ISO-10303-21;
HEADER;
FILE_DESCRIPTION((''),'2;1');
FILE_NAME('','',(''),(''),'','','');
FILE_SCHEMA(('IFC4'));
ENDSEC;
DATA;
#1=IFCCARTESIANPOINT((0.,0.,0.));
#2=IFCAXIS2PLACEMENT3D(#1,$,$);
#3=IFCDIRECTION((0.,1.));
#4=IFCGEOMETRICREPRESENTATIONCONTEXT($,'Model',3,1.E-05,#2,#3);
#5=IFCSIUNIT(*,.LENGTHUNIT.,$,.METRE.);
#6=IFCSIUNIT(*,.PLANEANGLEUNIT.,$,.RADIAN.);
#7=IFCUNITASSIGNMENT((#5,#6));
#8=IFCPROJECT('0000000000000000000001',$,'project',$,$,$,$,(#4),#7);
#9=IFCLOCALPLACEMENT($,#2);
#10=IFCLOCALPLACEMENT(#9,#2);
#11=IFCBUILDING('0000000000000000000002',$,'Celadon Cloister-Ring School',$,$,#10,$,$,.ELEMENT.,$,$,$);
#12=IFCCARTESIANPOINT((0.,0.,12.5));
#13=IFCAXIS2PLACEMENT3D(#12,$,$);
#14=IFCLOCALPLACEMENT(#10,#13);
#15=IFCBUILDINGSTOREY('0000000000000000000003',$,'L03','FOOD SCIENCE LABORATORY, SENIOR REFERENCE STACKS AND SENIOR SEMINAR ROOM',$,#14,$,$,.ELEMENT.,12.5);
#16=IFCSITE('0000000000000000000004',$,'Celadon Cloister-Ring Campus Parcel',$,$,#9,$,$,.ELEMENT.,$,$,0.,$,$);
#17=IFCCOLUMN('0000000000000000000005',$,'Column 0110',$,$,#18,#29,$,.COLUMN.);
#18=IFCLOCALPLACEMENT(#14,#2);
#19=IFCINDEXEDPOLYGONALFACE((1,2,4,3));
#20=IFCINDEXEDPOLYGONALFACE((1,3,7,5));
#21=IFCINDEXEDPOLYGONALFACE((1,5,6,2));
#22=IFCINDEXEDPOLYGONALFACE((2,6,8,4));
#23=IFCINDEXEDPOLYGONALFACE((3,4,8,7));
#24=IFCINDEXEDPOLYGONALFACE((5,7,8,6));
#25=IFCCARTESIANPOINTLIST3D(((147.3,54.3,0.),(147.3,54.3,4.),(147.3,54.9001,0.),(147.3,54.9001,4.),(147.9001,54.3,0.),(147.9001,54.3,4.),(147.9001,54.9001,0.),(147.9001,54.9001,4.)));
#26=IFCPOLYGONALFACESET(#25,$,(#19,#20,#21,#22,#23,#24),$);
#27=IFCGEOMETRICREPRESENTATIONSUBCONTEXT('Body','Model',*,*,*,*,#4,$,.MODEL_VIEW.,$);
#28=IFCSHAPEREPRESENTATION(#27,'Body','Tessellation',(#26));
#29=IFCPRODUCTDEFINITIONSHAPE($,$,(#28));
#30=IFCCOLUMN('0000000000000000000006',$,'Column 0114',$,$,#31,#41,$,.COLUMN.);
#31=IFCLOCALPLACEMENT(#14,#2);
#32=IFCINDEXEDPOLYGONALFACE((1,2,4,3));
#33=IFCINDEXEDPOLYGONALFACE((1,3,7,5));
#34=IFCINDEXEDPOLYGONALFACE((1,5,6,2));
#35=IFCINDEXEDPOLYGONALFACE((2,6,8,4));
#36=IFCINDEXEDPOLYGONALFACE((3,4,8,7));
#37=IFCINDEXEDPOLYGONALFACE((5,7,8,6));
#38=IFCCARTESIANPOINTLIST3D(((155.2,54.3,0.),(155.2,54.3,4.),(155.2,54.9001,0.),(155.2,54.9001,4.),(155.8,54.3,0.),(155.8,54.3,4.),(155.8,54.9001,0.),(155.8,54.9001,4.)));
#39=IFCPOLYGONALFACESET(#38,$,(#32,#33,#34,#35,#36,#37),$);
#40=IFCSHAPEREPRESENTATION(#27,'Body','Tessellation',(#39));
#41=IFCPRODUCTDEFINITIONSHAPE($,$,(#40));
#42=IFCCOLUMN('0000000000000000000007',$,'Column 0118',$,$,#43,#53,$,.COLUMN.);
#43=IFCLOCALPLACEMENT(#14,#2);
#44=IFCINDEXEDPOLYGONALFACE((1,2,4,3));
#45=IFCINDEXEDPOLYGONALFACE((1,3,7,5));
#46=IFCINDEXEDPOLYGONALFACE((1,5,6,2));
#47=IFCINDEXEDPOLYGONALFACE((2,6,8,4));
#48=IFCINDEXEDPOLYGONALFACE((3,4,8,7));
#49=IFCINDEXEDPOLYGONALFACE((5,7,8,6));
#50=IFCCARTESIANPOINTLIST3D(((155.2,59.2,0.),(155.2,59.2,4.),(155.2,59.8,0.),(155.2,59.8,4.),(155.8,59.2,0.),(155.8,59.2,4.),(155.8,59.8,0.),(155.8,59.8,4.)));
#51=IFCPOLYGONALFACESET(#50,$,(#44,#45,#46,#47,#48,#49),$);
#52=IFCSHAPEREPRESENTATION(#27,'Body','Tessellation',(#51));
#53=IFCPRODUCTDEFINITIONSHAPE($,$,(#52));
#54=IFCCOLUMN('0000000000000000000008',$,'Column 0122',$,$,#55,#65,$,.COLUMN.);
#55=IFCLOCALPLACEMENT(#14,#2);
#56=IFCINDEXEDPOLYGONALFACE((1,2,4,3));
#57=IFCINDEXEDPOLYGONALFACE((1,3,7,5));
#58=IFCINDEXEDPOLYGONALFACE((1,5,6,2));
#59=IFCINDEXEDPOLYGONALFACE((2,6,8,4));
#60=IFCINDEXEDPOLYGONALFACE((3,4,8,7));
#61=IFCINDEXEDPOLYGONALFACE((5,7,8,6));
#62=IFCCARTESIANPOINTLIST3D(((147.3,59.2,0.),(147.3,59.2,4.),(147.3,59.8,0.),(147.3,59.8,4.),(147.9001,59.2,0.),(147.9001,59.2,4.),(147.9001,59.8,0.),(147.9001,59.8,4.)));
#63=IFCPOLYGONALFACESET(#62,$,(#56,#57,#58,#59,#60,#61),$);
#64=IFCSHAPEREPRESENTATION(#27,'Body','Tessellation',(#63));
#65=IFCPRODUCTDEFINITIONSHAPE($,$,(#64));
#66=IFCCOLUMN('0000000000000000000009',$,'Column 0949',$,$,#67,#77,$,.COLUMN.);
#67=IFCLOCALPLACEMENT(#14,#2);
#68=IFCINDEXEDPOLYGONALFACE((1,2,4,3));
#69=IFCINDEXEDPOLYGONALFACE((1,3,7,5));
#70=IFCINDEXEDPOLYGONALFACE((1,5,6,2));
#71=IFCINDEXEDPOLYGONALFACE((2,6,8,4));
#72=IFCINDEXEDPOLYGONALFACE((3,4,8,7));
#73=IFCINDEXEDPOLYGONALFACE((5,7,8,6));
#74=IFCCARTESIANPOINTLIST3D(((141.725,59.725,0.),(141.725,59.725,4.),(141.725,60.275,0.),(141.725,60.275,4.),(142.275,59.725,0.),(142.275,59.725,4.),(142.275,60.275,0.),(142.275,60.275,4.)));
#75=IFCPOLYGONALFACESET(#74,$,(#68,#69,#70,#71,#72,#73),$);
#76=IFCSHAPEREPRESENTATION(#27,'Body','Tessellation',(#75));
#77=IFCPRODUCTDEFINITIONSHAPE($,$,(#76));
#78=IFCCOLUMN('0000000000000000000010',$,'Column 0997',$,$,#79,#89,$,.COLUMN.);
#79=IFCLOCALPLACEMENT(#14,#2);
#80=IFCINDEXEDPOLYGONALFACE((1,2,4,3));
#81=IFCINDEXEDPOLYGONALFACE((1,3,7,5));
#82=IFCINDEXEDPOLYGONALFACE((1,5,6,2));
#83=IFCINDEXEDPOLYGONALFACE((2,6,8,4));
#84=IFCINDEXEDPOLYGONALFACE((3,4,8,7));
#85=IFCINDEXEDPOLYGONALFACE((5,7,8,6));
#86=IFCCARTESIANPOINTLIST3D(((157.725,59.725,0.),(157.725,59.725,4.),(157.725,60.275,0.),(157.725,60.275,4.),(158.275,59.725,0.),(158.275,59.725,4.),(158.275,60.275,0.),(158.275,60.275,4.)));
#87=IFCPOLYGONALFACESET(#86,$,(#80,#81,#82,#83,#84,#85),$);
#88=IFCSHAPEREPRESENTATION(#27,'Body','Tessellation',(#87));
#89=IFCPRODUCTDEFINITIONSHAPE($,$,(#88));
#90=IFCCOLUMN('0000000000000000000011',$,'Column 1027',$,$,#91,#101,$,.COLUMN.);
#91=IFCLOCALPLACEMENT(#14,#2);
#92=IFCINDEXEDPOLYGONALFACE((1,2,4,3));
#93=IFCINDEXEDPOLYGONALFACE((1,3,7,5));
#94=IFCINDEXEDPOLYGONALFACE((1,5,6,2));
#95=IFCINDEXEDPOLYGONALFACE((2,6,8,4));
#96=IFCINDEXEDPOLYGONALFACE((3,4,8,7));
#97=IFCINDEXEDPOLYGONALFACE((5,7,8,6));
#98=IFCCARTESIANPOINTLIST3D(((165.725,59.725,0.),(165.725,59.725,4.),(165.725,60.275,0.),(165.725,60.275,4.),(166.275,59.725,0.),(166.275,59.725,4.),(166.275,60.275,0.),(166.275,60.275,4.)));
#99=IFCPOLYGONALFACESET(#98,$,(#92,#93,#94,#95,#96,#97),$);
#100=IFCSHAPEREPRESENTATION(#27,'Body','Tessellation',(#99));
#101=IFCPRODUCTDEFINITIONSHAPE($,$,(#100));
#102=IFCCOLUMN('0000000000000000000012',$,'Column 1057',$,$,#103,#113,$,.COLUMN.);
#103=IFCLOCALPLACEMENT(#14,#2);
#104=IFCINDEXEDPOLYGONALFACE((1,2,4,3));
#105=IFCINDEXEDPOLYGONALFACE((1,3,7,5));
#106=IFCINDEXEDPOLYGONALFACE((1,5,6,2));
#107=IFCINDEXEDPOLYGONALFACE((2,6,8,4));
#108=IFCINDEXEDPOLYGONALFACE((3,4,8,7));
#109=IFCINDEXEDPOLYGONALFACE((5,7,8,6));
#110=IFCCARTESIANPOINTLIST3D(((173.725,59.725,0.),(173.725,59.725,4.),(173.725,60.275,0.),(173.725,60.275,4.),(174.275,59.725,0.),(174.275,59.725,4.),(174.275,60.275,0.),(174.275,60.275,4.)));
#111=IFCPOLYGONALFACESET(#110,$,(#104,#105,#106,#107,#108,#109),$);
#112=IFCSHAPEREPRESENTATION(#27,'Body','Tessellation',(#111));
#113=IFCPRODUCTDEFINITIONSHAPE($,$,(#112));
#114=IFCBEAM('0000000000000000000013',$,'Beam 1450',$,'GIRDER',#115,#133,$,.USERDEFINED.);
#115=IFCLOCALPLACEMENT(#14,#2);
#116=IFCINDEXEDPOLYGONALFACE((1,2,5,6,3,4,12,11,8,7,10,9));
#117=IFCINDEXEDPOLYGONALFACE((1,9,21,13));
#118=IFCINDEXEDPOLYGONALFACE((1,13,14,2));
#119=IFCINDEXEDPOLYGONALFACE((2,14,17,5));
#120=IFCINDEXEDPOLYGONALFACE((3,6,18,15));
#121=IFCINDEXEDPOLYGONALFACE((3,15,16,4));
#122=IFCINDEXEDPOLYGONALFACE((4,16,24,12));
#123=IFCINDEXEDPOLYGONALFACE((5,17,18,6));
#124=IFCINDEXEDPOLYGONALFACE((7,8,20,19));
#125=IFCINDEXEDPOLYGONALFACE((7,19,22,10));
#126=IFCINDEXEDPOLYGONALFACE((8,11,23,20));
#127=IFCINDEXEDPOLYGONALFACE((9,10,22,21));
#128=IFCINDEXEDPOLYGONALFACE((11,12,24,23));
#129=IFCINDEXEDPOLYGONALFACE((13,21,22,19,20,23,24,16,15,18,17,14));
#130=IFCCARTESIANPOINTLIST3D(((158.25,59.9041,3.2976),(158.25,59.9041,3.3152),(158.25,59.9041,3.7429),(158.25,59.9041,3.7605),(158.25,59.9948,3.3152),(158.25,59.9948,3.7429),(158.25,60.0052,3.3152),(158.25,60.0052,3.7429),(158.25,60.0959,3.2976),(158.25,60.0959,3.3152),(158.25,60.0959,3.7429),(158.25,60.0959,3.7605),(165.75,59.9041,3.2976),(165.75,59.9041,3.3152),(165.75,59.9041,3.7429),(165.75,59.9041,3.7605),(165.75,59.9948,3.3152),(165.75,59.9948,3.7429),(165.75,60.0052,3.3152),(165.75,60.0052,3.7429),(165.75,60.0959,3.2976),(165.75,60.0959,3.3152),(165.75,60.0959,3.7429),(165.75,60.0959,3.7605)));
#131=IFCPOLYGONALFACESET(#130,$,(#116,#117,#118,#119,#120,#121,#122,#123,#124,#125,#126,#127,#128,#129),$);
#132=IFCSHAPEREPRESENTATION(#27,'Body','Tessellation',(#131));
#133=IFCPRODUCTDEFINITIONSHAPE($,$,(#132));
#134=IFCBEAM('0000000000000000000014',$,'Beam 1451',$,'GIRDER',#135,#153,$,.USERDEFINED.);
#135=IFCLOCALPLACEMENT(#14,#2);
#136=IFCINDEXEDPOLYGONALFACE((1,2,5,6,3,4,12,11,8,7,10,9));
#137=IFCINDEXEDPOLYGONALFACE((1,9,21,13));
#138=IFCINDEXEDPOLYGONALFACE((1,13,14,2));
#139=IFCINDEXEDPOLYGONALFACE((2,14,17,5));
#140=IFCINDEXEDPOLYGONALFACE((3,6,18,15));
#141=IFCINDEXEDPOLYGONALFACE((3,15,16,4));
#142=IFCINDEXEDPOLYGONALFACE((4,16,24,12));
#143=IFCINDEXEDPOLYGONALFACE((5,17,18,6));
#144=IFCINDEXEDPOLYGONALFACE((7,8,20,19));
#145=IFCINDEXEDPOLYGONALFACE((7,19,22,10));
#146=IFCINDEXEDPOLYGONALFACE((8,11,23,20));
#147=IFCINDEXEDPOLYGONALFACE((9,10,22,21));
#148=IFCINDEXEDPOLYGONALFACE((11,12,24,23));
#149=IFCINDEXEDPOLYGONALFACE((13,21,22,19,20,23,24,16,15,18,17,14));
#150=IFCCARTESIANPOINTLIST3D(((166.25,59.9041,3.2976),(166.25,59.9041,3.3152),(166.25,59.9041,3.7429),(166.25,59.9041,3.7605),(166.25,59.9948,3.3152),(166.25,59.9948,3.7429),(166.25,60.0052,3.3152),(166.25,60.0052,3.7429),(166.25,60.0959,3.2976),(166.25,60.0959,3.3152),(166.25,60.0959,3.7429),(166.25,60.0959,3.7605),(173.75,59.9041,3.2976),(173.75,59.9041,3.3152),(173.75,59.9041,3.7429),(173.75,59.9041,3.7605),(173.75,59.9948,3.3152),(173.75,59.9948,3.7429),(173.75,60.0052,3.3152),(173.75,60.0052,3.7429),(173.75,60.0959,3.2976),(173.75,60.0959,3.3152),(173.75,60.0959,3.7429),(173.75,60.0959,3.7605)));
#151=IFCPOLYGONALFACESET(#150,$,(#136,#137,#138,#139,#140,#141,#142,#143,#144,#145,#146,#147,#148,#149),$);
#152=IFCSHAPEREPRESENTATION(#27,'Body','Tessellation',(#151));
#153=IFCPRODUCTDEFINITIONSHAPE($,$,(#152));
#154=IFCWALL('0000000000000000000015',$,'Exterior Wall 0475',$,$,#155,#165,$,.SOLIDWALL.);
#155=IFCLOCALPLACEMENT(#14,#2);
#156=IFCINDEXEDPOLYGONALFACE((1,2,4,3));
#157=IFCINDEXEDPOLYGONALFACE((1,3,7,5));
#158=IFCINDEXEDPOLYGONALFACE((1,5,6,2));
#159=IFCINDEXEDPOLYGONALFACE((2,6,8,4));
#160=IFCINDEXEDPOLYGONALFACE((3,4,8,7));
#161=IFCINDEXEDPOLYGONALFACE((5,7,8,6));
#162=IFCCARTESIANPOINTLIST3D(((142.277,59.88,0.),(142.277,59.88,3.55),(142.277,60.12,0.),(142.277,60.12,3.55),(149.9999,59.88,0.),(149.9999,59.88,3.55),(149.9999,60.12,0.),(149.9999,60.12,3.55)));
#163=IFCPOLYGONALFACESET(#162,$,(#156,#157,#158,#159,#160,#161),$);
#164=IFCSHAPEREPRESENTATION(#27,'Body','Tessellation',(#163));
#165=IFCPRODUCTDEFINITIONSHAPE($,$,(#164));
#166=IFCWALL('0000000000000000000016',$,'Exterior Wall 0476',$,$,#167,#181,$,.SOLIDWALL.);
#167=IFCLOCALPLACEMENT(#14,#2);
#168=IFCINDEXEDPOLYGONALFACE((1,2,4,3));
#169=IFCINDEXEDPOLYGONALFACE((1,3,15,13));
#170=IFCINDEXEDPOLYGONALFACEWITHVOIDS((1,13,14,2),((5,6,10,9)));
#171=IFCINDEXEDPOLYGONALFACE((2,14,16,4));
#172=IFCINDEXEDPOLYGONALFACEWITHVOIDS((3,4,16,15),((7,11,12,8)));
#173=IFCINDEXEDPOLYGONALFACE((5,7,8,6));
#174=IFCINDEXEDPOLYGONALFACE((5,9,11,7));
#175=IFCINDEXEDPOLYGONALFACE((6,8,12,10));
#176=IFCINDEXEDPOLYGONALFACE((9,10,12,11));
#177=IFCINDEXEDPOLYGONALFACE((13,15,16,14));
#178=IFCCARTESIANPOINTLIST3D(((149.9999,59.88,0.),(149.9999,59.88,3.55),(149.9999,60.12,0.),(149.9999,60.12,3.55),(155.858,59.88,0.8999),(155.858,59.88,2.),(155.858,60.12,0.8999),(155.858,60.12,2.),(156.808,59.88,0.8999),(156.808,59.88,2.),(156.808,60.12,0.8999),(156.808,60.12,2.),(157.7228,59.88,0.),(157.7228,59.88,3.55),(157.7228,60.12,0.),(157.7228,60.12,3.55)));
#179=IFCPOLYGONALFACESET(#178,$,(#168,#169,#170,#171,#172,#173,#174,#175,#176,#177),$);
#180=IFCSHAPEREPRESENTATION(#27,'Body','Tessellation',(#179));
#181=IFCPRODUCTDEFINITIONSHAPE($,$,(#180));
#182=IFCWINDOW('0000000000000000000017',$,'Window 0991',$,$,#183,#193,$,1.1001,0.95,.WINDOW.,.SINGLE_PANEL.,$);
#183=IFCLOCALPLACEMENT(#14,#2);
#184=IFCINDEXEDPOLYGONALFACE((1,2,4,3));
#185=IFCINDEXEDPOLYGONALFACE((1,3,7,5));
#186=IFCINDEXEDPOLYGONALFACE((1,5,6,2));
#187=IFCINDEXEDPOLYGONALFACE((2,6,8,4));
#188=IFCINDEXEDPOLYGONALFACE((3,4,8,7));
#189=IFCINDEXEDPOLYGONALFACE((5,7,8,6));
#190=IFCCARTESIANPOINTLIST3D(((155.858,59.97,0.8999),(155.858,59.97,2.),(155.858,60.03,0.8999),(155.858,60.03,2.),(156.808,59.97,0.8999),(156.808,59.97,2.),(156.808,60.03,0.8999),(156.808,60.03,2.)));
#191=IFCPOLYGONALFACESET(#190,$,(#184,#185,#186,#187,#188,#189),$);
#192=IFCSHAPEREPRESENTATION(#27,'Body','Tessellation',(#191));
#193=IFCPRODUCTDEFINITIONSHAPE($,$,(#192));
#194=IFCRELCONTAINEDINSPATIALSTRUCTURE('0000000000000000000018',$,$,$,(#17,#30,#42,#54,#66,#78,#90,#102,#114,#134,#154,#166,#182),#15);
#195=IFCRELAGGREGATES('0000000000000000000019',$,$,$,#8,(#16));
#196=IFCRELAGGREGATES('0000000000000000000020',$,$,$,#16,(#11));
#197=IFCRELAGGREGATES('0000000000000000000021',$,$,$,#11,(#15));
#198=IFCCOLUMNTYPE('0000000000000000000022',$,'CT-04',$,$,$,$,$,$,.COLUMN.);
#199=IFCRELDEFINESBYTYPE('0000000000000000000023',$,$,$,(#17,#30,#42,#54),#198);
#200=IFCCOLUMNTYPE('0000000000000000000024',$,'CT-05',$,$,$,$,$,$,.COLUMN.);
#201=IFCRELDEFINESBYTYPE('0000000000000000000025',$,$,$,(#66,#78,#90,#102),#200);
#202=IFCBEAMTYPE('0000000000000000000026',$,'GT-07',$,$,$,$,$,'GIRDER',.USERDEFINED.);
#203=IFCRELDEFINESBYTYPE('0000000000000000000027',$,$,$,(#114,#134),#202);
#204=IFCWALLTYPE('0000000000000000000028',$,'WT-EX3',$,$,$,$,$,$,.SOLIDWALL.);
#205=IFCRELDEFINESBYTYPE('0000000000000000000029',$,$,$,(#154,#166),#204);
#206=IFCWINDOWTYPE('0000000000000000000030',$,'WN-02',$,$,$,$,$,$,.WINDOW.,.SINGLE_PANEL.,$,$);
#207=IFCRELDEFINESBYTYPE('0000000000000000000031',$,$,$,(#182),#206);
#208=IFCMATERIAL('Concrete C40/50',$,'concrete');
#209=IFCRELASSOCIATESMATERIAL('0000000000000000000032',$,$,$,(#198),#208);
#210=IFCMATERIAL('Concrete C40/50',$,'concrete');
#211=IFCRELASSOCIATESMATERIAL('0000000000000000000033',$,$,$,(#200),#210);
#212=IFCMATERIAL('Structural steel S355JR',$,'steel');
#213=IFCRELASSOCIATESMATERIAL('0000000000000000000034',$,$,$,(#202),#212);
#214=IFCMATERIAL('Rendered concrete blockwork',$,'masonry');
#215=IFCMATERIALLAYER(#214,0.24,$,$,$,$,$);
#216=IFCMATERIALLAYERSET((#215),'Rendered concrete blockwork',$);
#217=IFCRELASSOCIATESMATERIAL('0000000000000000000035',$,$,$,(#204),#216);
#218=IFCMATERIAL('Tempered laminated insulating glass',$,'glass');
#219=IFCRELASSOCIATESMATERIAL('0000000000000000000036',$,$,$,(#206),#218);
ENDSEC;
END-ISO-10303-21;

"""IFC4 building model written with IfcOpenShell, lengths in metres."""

from ifc_helpers import new_model, si_unit, direction, frame, frame_2d, origin, origin_2d, place, context, subcontext, project, spatial, rectangle, i_section, extrude, material, layer, layer_set, material_profile, profile_set, type_object, element, fill, save


model = new_model("IFC4")

# Units and contexts
model_context = context("Model", 3, precision=1e-05, world=origin(), true_north=direction((0.0, 1.0)))
body_context = subcontext(model_context, "Body", "Model", "MODEL_VIEW")
ifc_project = project(units=[si_unit("LENGTHUNIT", "METRE"), si_unit("PLANEANGLEUNIT", "RADIAN")], contexts=[model_context])

# Site, building, storey
site_placement = place(None, origin())
site = spatial("IfcSite", under=ifc_project, at=site_placement, Name="Celadon Cloister-Ring Campus Parcel", CompositionType="ELEMENT", RefElevation=0.0)
building_placement = place(site_placement, origin())
building = spatial("IfcBuilding", under=site, at=building_placement, Name="Celadon Cloister-Ring School", CompositionType="ELEMENT")
storey_placement = place(building_placement, frame((0.0, 0.0, 12.5)))
storey = spatial("IfcBuildingStorey", under=building, at=storey_placement, Name="L03", Description="FOOD SCIENCE LABORATORY, SENIOR REFERENCE STACKS AND SENIOR SEMINAR ROOM", CompositionType="ELEMENT", Elevation=12.5)

# Columns
ifc_material_1 = material(Name="Concrete C40/50", Category="concrete")
ifc_material_profile_1 = material_profile(ifc_material_1, rectangle(XDim=0.6001, YDim=0.6001, at=origin_2d()), Name="RC600X600")
ifc_profile_set_1 = profile_set([ifc_material_profile_1], Name="Concrete C40/50")
column_type_1 = type_object("IfcColumnType", Name="CT-04", PredefinedType="COLUMN", material=ifc_profile_set_1)
for number, where, z_axis, x_axis, name in (
    (1, (147.6001, 54.6001, 0.0), (0.0, 0.0, 1.0), (1.0, 0.0, 0.0), "Column 0110"),
    (2, (155.5, 54.6001, 0.0), (0.0, 0.0, 1.0), (1.0, 0.0, 0.0), "Column 0114"),
    (3, (155.5, 59.5, 0.0), (0.0, 0.0, 1.0), (1.0, 0.0, 0.0), "Column 0118"),
    (4, (147.6001, 59.5, 0.0), (0.0, 0.0, 1.0), (1.0, 0.0, 0.0), "Column 0122"),
):
    element("IfcColumn", number, at=place(storey_placement, frame(where, z_axis=z_axis, x_axis=x_axis)), inside=storey, type_object=column_type_1, Name=name, PredefinedType="COLUMN", context=body_context, shape_type="SweptSolid", body=[
        extrude(rectangle(XDim=0.6001, YDim=0.6001, at=origin_2d()), origin(), (0.0, 0.0, 1.0), 4.0),
    ])
ifc_material_2 = material(Name="Concrete C40/50", Category="concrete")
ifc_material_profile_2 = material_profile(ifc_material_2, rectangle(XDim=0.55, YDim=0.55, at=origin_2d()), Name="RC550X550")
ifc_profile_set_2 = profile_set([ifc_material_profile_2], Name="Concrete C40/50")
column_type_2 = type_object("IfcColumnType", Name="CT-05", PredefinedType="COLUMN", material=ifc_profile_set_2)
for number, where, z_axis, x_axis, name in (
    (5, (142.0, 60.0, 0.0), (0.0, 0.0, 1.0), (1.0, 0.0, 0.0), "Column 0949"),
    (6, (158.0, 60.0, 0.0), (0.0, 0.0, 1.0), (1.0, 0.0, 0.0), "Column 0997"),
    (7, (166.0, 60.0, 0.0), (0.0, 0.0, 1.0), (1.0, 0.0, 0.0), "Column 1027"),
    (8, (174.0, 60.0, 0.0), (0.0, 0.0, 1.0), (1.0, 0.0, 0.0), "Column 1057"),
):
    element("IfcColumn", number, at=place(storey_placement, frame(where, z_axis=z_axis, x_axis=x_axis)), inside=storey, type_object=column_type_2, Name=name, PredefinedType="COLUMN", context=body_context, shape_type="SweptSolid", body=[
        extrude(rectangle(XDim=0.55, YDim=0.55, at=origin_2d()), origin(), (0.0, 0.0, 1.0), 4.0),
    ])

# Beams
ifc_material_3 = material(Name="Structural steel S355JR", Category="steel")
ifc_material_profile_3 = material_profile(ifc_material_3, i_section(OverallWidth=0.1919, OverallDepth=0.4629, WebThickness=0.0105, FlangeThickness=0.0176, at=origin_2d()), Name="W460X89")
ifc_profile_set_3 = profile_set([ifc_material_profile_3], Name="Structural steel S355JR")
beam_type = type_object("IfcBeamType", Name="GT-07", ElementType="GIRDER", PredefinedType="USERDEFINED", material=ifc_profile_set_3)
for number, where, z_axis, x_axis, name in (
    (9, (158.25, 60.0, 3.5291), (1.0, 0.0, 0.0), (0.0, 1.0, 0.0), "Beam 1450"),
    (10, (166.25, 60.0, 3.5291), (1.0, 0.0, 0.0), (0.0, 1.0, 0.0), "Beam 1451"),
):
    element("IfcBeam", number, at=place(storey_placement, frame(where, z_axis=z_axis, x_axis=x_axis)), inside=storey, type_object=beam_type, Name=name, ObjectType="GIRDER", PredefinedType="USERDEFINED", context=body_context, shape_type="SweptSolid", body=[
        extrude(i_section(OverallWidth=0.1919, OverallDepth=0.4629, WebThickness=0.0105, FlangeThickness=0.0176, at=origin_2d()), origin(), (0.0, 0.0, 1.0), 7.5),
    ])

# Wall
ifc_material_4 = material(Name="Rendered concrete blockwork", Category="masonry")
ifc_layer_1 = layer(ifc_material_4, 0.24)
ifc_layer_set_1 = layer_set([ifc_layer_1], Name="Rendered concrete blockwork")
wall_type_1 = type_object("IfcWallType", Name="WT-EX3", PredefinedType="SOLIDWALL", material=ifc_layer_set_1)
wall_1_placement = place(storey_placement, frame((142.2771, 60.0, 0.0), z_axis=(0.0, 0.0, 1.0), x_axis=(1.0, 0.0, 0.0)))
element("IfcWall", 11, at=wall_1_placement, inside=storey, type_object=wall_type_1, Name="Exterior Wall 0475", PredefinedType="SOLIDWALL", context=body_context, shape_type="SweptSolid", body=[
    extrude(rectangle(XDim=7.7229, YDim=0.24, at=frame_2d((3.8613, 0.0))), origin(), (0.0, 0.0, 1.0), 3.55),
])

# Wall, opening, window
wall_2_placement = place(storey_placement, frame((150.0, 60.0, 0.0), z_axis=(0.0, 0.0, 1.0), x_axis=(1.0, 0.0, 0.0)))
wall_2 = element("IfcWall", 12, at=wall_2_placement, inside=storey, type_object=wall_type_1, Name="Exterior Wall 0476", PredefinedType="SOLIDWALL", context=body_context, shape_type="SweptSolid", body=[
    extrude(rectangle(XDim=7.7229, YDim=0.24, at=frame_2d((3.8613, 0.0))), origin(), (0.0, 0.0, 1.0), 3.55),
])
opening_1_placement = place(wall_2_placement, frame((5.8579, 0.0, 0.8999)))
opening_1 = element("IfcOpeningElement", 13, at=opening_1_placement, cuts=wall_2, PredefinedType="OPENING", context=body_context, shape_type="SweptSolid", body=[
    extrude(rectangle(XDim=0.95, YDim=1.1001, at=frame_2d((0.4751, 0.55))), frame((0.0, 0.1299, 0.0), z_axis=(0.0, -1.0, 0.0), x_axis=(1.0, 0.0, 0.0)), (0.0, 0.0, 1.0), 0.26),
])
ifc_material_5 = material(Name="Tempered laminated insulating glass", Category="glass")
window_type_1 = type_object("IfcWindowType", Name="WN-02", PartitioningType="SINGLE_PANEL", PredefinedType="WINDOW", material=ifc_material_5)
window_1_placement = place(opening_1_placement, origin())
window_1 = element("IfcWindow", 14, at=window_1_placement, inside=storey, type_object=window_type_1, Name="Window 0991", OverallHeight=1.1001, OverallWidth=0.95, PartitioningType="SINGLE_PANEL", PredefinedType="WINDOW", context=body_context, shape_type="SweptSolid", body=[
    extrude(rectangle(XDim=0.95, YDim=1.1001, at=frame_2d((0.4751, 0.55))), frame((0.0, 0.03, 0.0), z_axis=(0.0, -1.0, 0.0), x_axis=(1.0, 0.0, 0.0)), (0.0, 0.0, 1.0), 0.0601),
])
fill(opening_1, window_1)

save(model, "model.ifc")
